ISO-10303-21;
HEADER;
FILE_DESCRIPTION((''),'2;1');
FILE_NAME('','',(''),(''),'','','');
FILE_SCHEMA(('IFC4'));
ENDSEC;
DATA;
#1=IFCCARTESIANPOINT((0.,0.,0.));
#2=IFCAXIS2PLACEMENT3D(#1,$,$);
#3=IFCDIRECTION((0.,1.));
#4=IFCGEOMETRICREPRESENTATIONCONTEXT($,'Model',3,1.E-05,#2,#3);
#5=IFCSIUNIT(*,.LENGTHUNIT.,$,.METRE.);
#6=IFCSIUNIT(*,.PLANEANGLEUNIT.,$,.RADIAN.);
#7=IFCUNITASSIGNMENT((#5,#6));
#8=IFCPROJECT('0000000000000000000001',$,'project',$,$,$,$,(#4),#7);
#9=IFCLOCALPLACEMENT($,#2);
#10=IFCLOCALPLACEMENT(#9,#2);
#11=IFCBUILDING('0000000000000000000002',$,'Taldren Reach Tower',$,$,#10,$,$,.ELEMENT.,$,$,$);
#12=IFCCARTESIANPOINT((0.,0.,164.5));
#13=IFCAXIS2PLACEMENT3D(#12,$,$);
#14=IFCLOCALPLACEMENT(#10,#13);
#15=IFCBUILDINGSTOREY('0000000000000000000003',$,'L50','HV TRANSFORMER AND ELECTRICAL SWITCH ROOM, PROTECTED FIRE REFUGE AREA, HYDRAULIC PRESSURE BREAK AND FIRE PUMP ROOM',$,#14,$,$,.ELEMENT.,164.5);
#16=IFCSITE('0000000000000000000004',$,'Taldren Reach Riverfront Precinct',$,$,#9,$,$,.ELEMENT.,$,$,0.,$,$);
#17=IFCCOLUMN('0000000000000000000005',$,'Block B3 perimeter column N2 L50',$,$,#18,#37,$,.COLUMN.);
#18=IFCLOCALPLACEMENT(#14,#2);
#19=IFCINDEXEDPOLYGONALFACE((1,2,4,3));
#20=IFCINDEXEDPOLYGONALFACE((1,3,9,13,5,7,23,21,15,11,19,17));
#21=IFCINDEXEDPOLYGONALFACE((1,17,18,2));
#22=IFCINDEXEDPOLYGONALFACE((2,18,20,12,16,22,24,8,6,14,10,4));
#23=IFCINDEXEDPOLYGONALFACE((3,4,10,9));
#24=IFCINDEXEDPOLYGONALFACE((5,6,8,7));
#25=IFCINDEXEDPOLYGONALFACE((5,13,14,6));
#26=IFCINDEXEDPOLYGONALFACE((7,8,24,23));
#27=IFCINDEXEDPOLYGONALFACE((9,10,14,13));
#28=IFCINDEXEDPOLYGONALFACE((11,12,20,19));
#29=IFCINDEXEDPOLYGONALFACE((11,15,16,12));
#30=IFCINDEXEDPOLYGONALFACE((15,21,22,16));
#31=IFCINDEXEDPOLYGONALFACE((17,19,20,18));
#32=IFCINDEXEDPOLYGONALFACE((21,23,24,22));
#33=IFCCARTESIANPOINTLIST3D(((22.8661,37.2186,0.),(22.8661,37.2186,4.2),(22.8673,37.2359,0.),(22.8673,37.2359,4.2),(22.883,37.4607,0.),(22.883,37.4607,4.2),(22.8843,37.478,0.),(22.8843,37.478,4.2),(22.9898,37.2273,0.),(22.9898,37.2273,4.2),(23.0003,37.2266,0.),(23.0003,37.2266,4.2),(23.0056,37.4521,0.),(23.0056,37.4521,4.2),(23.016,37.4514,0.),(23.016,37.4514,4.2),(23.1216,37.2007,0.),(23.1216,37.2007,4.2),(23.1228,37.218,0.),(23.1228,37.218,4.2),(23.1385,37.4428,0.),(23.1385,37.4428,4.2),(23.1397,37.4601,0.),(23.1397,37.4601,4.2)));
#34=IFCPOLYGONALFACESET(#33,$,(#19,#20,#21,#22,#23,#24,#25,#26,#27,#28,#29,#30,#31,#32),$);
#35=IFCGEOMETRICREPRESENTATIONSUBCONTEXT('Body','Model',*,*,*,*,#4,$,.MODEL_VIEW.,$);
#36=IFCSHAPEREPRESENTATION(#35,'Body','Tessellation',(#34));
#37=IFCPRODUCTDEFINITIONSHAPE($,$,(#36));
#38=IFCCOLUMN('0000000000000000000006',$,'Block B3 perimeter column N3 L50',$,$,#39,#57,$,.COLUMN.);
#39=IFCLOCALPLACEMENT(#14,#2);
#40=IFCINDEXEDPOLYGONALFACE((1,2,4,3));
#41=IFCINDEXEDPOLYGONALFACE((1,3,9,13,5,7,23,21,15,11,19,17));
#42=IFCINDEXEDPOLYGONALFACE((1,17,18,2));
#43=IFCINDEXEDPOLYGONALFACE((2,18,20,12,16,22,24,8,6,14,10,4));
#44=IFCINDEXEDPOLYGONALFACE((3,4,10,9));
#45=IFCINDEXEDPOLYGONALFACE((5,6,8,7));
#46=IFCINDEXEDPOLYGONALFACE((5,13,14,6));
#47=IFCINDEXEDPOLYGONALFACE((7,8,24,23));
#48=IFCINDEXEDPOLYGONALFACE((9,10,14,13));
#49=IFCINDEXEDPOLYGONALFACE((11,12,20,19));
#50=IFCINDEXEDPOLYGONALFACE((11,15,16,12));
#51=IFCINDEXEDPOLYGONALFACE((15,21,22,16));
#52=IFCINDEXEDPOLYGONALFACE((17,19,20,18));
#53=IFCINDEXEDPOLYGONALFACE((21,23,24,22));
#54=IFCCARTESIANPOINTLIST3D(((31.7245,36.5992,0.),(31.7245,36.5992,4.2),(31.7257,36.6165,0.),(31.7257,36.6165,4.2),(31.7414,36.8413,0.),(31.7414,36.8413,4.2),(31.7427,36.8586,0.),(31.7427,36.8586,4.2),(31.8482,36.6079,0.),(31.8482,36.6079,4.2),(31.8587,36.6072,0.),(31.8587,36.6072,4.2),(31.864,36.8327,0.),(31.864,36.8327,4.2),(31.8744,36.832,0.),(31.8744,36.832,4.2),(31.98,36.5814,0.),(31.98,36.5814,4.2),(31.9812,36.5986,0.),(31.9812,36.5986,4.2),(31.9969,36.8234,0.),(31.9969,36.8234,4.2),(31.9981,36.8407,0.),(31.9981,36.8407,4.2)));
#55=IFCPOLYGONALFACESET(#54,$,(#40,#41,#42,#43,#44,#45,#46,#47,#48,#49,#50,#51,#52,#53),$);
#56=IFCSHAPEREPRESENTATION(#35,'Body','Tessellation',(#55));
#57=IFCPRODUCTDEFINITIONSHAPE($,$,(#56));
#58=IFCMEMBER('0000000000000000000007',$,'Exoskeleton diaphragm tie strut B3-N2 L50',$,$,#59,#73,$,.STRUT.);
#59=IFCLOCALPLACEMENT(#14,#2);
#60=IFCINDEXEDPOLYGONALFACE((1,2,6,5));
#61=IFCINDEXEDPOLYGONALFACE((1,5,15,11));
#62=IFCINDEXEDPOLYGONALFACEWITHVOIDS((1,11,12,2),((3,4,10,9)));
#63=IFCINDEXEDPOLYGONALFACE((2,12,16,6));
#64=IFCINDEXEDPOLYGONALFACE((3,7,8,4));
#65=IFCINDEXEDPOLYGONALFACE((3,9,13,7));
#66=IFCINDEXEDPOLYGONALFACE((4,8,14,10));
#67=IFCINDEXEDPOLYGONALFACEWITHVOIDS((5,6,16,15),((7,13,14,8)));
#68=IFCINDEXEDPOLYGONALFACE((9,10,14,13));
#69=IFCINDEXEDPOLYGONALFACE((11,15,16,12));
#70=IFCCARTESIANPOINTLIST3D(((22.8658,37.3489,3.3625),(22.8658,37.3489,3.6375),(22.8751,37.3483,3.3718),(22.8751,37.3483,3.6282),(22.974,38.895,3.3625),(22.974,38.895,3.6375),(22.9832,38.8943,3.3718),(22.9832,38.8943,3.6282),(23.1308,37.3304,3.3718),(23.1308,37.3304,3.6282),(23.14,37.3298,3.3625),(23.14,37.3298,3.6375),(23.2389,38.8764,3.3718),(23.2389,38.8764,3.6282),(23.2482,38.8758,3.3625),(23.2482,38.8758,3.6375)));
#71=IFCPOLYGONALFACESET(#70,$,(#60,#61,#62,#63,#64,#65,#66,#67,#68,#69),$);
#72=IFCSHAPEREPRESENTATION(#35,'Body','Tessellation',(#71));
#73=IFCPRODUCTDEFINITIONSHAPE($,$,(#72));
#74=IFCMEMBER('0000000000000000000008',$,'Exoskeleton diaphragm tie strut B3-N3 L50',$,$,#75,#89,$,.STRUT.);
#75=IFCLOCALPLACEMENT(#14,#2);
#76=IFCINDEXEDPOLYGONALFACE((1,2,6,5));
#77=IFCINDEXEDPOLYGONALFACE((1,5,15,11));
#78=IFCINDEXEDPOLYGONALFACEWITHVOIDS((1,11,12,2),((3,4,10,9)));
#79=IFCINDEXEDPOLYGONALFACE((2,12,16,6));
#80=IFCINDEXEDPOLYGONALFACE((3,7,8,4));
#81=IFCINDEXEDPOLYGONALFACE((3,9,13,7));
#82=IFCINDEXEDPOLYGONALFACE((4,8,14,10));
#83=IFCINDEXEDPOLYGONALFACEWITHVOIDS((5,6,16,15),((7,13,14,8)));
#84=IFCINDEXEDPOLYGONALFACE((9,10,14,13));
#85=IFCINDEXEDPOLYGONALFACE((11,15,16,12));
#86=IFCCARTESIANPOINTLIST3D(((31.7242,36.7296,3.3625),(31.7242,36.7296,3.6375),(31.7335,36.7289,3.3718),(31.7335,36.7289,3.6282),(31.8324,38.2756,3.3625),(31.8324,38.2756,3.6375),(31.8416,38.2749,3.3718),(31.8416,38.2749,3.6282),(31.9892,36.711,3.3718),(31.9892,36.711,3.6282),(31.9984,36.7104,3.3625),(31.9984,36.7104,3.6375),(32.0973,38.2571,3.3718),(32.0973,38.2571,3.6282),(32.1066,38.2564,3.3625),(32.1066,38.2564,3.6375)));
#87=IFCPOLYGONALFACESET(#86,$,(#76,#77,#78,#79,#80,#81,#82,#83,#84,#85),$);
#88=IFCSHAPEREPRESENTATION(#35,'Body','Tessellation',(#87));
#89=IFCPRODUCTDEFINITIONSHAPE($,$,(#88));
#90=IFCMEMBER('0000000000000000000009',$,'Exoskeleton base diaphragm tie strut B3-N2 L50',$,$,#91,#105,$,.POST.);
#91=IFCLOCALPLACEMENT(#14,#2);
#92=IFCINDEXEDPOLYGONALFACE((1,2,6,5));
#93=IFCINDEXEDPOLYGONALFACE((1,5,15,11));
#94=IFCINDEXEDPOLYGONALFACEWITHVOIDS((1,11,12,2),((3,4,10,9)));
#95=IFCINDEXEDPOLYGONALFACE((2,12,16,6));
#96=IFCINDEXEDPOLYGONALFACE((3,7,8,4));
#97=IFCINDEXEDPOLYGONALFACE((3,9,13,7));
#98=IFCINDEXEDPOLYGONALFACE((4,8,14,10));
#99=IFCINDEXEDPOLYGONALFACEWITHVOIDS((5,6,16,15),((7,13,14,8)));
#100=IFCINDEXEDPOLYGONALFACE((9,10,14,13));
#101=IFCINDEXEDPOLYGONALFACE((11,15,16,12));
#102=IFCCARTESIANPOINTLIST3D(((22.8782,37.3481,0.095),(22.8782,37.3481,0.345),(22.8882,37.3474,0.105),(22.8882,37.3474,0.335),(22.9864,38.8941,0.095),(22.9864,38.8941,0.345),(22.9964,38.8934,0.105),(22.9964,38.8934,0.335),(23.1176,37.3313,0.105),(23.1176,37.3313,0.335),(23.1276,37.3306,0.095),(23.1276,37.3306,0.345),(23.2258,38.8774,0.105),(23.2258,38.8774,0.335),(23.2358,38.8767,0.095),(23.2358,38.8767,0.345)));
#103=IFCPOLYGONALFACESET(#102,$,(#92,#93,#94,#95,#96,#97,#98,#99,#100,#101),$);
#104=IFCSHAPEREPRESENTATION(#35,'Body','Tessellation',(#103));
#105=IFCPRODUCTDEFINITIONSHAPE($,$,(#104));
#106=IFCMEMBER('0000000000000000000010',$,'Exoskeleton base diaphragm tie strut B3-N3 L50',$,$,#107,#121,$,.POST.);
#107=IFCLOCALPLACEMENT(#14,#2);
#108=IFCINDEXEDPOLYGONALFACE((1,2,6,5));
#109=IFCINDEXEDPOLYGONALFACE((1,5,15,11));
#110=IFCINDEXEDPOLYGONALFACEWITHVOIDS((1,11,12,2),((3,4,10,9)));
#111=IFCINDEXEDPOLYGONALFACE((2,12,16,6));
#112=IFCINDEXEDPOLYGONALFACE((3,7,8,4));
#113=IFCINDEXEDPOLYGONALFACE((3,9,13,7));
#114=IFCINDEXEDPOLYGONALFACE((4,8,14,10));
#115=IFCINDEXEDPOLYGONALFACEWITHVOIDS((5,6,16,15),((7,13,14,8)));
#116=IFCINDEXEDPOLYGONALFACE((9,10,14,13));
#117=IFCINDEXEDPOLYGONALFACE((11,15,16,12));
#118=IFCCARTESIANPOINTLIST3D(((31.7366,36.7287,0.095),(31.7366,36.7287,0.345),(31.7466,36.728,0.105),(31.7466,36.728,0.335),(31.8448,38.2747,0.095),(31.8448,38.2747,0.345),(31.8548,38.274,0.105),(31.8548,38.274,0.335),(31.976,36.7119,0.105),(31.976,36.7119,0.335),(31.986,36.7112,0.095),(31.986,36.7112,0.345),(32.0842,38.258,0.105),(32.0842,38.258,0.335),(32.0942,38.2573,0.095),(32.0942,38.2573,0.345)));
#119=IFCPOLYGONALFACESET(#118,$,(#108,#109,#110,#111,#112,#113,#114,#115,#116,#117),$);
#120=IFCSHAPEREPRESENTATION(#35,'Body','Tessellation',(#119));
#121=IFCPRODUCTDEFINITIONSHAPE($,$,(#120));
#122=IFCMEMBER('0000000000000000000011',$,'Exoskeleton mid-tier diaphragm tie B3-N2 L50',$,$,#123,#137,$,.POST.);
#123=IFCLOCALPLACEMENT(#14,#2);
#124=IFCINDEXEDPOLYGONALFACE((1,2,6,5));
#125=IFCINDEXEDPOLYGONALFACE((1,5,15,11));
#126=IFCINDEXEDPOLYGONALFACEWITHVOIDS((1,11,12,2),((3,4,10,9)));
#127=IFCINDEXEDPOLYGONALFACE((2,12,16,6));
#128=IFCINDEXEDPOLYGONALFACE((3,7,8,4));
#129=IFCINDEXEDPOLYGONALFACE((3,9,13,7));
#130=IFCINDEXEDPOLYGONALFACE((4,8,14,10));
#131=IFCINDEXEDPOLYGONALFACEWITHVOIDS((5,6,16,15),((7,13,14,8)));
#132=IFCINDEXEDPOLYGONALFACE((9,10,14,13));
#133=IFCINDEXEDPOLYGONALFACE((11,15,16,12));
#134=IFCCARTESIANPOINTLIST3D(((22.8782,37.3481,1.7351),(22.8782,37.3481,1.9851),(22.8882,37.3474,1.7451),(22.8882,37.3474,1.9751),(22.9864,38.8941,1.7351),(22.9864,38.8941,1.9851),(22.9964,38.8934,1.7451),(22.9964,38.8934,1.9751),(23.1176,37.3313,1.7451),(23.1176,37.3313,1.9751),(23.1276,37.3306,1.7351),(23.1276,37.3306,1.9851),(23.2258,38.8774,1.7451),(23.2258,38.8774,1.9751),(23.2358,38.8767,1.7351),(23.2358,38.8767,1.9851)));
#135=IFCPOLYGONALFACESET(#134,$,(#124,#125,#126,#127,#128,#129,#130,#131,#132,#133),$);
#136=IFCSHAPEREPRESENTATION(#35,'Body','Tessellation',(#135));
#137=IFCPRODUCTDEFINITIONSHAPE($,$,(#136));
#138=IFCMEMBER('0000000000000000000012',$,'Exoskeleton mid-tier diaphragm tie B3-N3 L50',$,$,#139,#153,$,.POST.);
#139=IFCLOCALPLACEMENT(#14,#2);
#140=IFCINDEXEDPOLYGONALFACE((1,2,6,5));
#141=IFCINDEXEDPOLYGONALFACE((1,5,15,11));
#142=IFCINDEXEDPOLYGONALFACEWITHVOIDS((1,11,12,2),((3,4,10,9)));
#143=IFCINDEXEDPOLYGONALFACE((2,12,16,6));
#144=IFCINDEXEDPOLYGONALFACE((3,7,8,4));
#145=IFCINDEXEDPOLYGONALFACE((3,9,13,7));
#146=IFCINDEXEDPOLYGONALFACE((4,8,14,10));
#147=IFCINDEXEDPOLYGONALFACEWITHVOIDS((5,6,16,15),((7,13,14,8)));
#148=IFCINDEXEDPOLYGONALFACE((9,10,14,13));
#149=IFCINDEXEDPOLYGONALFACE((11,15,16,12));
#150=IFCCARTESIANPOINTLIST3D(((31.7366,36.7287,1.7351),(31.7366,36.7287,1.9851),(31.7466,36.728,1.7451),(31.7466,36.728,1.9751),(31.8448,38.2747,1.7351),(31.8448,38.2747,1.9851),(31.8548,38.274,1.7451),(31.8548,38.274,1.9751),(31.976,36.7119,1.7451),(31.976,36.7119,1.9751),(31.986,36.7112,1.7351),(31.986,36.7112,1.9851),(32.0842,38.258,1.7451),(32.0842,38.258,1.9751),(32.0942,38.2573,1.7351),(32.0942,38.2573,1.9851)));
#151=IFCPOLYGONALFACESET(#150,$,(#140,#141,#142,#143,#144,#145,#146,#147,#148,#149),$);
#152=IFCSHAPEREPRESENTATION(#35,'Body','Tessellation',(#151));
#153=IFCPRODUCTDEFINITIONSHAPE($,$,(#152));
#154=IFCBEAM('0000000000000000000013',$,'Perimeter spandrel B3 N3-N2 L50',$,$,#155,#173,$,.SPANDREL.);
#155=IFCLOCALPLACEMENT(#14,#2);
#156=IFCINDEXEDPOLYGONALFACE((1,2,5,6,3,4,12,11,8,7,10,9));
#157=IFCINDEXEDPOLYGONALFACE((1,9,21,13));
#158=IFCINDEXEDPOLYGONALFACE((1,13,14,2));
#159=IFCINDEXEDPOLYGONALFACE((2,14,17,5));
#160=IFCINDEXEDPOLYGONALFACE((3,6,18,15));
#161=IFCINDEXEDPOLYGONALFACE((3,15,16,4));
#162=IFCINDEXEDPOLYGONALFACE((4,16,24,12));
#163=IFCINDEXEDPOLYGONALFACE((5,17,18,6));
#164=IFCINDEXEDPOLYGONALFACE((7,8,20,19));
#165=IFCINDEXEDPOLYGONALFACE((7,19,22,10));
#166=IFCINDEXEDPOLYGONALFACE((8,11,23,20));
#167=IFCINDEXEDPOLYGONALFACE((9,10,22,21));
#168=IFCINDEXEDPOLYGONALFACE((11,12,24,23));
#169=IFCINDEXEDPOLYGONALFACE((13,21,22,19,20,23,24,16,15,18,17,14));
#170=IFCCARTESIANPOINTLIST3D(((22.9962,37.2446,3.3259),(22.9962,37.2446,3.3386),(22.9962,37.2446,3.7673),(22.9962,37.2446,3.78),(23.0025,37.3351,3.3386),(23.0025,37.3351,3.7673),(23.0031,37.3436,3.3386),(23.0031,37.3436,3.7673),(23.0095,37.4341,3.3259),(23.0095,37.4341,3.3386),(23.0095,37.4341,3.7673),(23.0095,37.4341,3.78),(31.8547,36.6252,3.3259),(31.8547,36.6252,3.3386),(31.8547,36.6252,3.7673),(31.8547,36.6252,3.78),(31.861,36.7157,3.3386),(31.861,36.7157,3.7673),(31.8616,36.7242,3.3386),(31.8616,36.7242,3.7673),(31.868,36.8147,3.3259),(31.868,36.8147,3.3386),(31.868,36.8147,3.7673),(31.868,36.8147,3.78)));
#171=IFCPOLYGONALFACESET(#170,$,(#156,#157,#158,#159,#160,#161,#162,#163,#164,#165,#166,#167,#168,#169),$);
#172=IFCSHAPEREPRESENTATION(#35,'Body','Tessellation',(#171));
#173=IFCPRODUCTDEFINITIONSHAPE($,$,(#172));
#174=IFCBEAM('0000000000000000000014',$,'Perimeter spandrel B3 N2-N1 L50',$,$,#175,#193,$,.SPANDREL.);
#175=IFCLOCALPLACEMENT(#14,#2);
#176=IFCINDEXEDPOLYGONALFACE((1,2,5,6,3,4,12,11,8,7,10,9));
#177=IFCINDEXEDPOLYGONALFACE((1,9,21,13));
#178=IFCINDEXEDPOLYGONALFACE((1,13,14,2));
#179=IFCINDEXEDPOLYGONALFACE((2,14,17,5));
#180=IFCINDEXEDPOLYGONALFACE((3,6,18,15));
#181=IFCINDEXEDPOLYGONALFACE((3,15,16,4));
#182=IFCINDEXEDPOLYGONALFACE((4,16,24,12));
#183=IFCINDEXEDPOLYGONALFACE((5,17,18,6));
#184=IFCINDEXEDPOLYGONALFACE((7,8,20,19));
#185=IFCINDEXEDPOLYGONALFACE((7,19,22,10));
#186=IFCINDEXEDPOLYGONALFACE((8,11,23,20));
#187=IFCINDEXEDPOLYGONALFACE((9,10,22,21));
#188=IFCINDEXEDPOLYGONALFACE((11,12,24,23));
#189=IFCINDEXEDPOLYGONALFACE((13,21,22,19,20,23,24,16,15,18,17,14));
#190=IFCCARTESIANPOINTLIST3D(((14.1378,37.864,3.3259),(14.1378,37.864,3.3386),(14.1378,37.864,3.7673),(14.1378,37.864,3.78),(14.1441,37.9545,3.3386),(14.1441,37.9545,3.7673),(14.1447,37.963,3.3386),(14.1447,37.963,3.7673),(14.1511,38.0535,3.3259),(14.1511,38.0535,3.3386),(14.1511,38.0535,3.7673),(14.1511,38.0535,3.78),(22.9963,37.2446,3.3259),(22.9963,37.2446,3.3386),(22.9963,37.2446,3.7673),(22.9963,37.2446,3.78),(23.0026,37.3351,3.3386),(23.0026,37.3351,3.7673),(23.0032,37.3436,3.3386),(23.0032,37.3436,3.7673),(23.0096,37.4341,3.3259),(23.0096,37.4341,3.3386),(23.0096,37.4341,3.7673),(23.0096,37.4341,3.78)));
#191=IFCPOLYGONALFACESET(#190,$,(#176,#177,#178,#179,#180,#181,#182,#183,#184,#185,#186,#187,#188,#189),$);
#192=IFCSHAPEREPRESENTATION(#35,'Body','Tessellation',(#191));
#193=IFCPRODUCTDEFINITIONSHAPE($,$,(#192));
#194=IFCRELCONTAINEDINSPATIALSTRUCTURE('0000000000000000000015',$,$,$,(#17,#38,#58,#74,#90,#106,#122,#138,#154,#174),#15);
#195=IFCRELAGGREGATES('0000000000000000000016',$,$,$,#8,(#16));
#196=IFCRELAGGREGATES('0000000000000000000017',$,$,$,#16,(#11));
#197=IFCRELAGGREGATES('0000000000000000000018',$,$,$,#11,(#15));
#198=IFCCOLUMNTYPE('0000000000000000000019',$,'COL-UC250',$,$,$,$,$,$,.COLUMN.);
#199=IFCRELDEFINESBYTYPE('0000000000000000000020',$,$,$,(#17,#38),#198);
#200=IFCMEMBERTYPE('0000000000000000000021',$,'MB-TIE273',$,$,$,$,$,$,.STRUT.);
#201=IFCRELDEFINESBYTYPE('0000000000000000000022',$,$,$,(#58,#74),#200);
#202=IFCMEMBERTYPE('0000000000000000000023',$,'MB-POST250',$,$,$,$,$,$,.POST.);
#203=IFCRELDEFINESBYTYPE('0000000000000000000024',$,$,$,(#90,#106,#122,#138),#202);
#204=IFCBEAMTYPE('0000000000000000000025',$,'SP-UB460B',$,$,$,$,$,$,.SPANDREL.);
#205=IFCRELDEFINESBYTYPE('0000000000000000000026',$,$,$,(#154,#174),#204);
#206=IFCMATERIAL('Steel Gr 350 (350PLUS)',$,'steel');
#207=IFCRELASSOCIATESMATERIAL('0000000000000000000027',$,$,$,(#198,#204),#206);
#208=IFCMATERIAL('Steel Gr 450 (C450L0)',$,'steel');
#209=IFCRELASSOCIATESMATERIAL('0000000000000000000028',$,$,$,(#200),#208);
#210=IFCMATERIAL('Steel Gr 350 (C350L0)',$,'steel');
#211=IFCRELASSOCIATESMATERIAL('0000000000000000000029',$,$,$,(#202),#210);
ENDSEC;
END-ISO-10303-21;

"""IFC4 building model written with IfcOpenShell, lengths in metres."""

from ifc_helpers import new_model, si_unit, direction, frame, origin, origin_2d, place, context, subcontext, project, spatial, hollow_rectangle, i_section, extrude, source, transform, mapped, material, material_profile, profile_set, type_object, element, save


model = new_model("IFC4")

# Units and contexts
model_context = context("Model", 3, precision=1e-05, world=origin(), true_north=direction((0.0, 1.0)))
body_context = subcontext(model_context, "Body", "Model", "MODEL_VIEW")
ifc_project = project(units=[si_unit("LENGTHUNIT", "METRE"), si_unit("PLANEANGLEUNIT", "RADIAN")], contexts=[model_context])

# Site, building, storey
site_placement = place(None, origin())
site = spatial("IfcSite", under=ifc_project, at=site_placement, Name="Taldren Reach Riverfront Precinct", CompositionType="ELEMENT", RefElevation=0.0)
building_placement = place(site_placement, origin())
building = spatial("IfcBuilding", under=site, at=building_placement, Name="Taldren Reach Tower", CompositionType="ELEMENT")
storey_placement = place(building_placement, frame((0.0, 0.0, 164.5)))
storey = spatial("IfcBuildingStorey", under=building, at=storey_placement, Name="L50", Description="HV TRANSFORMER AND ELECTRICAL SWITCH ROOM, PROTECTED FIRE REFUGE AREA, HYDRAULIC PRESSURE BREAK AND FIRE PUMP ROOM", CompositionType="ELEMENT", Elevation=164.5)

# Columns
ifc_material_1 = material(Name="Steel Gr 350 (350PLUS)", Category="steel")
ifc_material_profile_1 = material_profile(ifc_material_1, i_section(OverallWidth=0.2561, OverallDepth=0.26, WebThickness=0.0105, FlangeThickness=0.0173, at=origin_2d()), Name="250UC89.5")
ifc_profile_set_1 = profile_set([ifc_material_profile_1], Name="Steel Gr 350 (350PLUS)")
column_type = type_object("IfcColumnType", Name="COL-UC250", PredefinedType="COLUMN", material=ifc_profile_set_1)
shared_shape_1 = source(origin(), body_context, "Body", "SweptSolid", [
    extrude(i_section(OverallWidth=0.2561, OverallDepth=0.26, WebThickness=0.0105, FlangeThickness=0.0173, at=origin_2d()), origin(), (0.0, 0.0, 1.0), 4.2),
])
for number, where, z_axis, x_axis, name in (
    (1, (23.0029, 37.3394, 0.0), (0.0, 0.0, 1.0), (0.997564, -0.069756, 0.0), "Block B3 perimeter column N2 L50"),
    (2, (31.8613, 36.72, 0.0), (0.0, 0.0, 1.0), (0.997564, -0.069756, 0.0), "Block B3 perimeter column N3 L50"),
):
    element("IfcColumn", number, at=place(storey_placement, frame(where, z_axis=z_axis, x_axis=x_axis)), inside=storey, type_object=column_type, Name=name, PredefinedType="COLUMN", context=body_context, shape_type="MappedRepresentation", body=[
        mapped(shared_shape_1, transform((0.0, 0.0, 0.0), scale=1.0)),
    ])

# Members
ifc_material_2 = material(Name="Steel Gr 450 (C450L0)", Category="steel")
ifc_material_profile_2 = material_profile(ifc_material_2, hollow_rectangle(XDim=0.2749, YDim=0.2749, WallThickness=0.0093, at=origin_2d()), Name="275x275x9.3SHS")
ifc_profile_set_2 = profile_set([ifc_material_profile_2], Name="Steel Gr 450 (C450L0)")
member_type_1 = type_object("IfcMemberType", Name="MB-TIE273", PredefinedType="STRUT", material=ifc_profile_set_2)
shared_shape_2 = source(origin(), body_context, "Body", "SweptSolid", [
    extrude(hollow_rectangle(XDim=0.2749, YDim=0.2749, WallThickness=0.0093, at=origin_2d()), origin(), (0.0, 0.0, 1.0), 1.5498),
])
for number, where, z_axis, x_axis, name in (
    (3, (23.0029, 37.3394, 3.5), (0.069781, 0.997562, 0.0), (-0.997562, 0.069781, 0.0), "Exoskeleton diaphragm tie strut B3-N2 L50"),
    (4, (31.8613, 36.72, 3.5), (0.069781, 0.997562, 0.0), (-0.997562, 0.069781, 0.0), "Exoskeleton diaphragm tie strut B3-N3 L50"),
):
    element("IfcMember", number, at=place(storey_placement, frame(where, z_axis=z_axis, x_axis=x_axis)), inside=storey, type_object=member_type_1, Name=name, PredefinedType="STRUT", context=body_context, shape_type="MappedRepresentation", body=[
        mapped(shared_shape_2, transform((0.0, 0.0, 0.0), scale=1.0)),
    ])
ifc_material_3 = material(Name="Steel Gr 350 (C350L0)", Category="steel")
ifc_material_profile_3 = material_profile(ifc_material_3, hollow_rectangle(XDim=0.25, YDim=0.25, WallThickness=0.01, at=origin_2d()), Name="250x250x10.0SHS")
ifc_profile_set_3 = profile_set([ifc_material_profile_3], Name="Steel Gr 350 (C350L0)")
member_type_2 = type_object("IfcMemberType", Name="MB-POST250", PredefinedType="POST", material=ifc_profile_set_3)
shared_shape_3 = source(origin(), body_context, "Body", "SweptSolid", [
    extrude(hollow_rectangle(XDim=0.25, YDim=0.25, WallThickness=0.01, at=origin_2d()), origin(), (0.0, 0.0, 1.0), 1.5498),
])
for number, where, z_axis, x_axis, name in (
    (5, (23.0029, 37.3394, 0.22), (0.069781, 0.997562, 0.0), (-0.997562, 0.069781, 0.0), "Exoskeleton base diaphragm tie strut B3-N2 L50"),
    (6, (31.8613, 36.72, 0.22), (0.069781, 0.997562, 0.0), (-0.997562, 0.069781, 0.0), "Exoskeleton base diaphragm tie strut B3-N3 L50"),
    (7, (23.0029, 37.3394, 1.8601), (0.069781, 0.997562, 0.0), (-0.997562, 0.069781, 0.0), "Exoskeleton mid-tier diaphragm tie B3-N2 L50"),
    (8, (31.8613, 36.72, 1.8601), (0.069781, 0.997562, 0.0), (-0.997562, 0.069781, 0.0), "Exoskeleton mid-tier diaphragm tie B3-N3 L50"),
):
    element("IfcMember", number, at=place(storey_placement, frame(where, z_axis=z_axis, x_axis=x_axis)), inside=storey, type_object=member_type_2, Name=name, PredefinedType="POST", context=body_context, shape_type="MappedRepresentation", body=[
        mapped(shared_shape_3, transform((0.0, 0.0, 0.0), scale=1.0)),
    ])

# Beams
ifc_material_profile_4 = material_profile(ifc_material_1, i_section(OverallWidth=0.1899, OverallDepth=0.4541, WebThickness=0.0085, FlangeThickness=0.0127, at=origin_2d()), Name="460UB67.1")
ifc_profile_set_4 = profile_set([ifc_material_profile_4], Name="Steel Gr 350 (350PLUS)")
beam_type = type_object("IfcBeamType", Name="SP-UB460B", PredefinedType="SPANDREL", material=ifc_profile_set_4)
shared_shape_4 = source(origin(), body_context, "Body", "SweptSolid", [
    extrude(i_section(OverallWidth=0.1899, OverallDepth=0.4541, WebThickness=0.0085, FlangeThickness=0.0127, at=origin_2d()), origin(), (0.0, 0.0, 1.0), 8.8801),
])
for number, where, z_axis, x_axis, name in (
    (9, (31.8613, 36.72, 3.553), (-0.997564, 0.06975, 0.0), (-0.06975, -0.997564, 0.0), "Perimeter spandrel B3 N3-N2 L50"),
    (10, (23.0029, 37.3394, 3.553), (-0.997564, 0.06975, 0.0), (-0.06975, -0.997564, 0.0), "Perimeter spandrel B3 N2-N1 L50"),
):
    element("IfcBeam", number, at=place(storey_placement, frame(where, z_axis=z_axis, x_axis=x_axis)), inside=storey, type_object=beam_type, Name=name, PredefinedType="SPANDREL", context=body_context, shape_type="MappedRepresentation", body=[
        mapped(shared_shape_4, transform((0.0, 0.0, 0.0), scale=1.0)),
    ])

save(model, "model.ifc")
